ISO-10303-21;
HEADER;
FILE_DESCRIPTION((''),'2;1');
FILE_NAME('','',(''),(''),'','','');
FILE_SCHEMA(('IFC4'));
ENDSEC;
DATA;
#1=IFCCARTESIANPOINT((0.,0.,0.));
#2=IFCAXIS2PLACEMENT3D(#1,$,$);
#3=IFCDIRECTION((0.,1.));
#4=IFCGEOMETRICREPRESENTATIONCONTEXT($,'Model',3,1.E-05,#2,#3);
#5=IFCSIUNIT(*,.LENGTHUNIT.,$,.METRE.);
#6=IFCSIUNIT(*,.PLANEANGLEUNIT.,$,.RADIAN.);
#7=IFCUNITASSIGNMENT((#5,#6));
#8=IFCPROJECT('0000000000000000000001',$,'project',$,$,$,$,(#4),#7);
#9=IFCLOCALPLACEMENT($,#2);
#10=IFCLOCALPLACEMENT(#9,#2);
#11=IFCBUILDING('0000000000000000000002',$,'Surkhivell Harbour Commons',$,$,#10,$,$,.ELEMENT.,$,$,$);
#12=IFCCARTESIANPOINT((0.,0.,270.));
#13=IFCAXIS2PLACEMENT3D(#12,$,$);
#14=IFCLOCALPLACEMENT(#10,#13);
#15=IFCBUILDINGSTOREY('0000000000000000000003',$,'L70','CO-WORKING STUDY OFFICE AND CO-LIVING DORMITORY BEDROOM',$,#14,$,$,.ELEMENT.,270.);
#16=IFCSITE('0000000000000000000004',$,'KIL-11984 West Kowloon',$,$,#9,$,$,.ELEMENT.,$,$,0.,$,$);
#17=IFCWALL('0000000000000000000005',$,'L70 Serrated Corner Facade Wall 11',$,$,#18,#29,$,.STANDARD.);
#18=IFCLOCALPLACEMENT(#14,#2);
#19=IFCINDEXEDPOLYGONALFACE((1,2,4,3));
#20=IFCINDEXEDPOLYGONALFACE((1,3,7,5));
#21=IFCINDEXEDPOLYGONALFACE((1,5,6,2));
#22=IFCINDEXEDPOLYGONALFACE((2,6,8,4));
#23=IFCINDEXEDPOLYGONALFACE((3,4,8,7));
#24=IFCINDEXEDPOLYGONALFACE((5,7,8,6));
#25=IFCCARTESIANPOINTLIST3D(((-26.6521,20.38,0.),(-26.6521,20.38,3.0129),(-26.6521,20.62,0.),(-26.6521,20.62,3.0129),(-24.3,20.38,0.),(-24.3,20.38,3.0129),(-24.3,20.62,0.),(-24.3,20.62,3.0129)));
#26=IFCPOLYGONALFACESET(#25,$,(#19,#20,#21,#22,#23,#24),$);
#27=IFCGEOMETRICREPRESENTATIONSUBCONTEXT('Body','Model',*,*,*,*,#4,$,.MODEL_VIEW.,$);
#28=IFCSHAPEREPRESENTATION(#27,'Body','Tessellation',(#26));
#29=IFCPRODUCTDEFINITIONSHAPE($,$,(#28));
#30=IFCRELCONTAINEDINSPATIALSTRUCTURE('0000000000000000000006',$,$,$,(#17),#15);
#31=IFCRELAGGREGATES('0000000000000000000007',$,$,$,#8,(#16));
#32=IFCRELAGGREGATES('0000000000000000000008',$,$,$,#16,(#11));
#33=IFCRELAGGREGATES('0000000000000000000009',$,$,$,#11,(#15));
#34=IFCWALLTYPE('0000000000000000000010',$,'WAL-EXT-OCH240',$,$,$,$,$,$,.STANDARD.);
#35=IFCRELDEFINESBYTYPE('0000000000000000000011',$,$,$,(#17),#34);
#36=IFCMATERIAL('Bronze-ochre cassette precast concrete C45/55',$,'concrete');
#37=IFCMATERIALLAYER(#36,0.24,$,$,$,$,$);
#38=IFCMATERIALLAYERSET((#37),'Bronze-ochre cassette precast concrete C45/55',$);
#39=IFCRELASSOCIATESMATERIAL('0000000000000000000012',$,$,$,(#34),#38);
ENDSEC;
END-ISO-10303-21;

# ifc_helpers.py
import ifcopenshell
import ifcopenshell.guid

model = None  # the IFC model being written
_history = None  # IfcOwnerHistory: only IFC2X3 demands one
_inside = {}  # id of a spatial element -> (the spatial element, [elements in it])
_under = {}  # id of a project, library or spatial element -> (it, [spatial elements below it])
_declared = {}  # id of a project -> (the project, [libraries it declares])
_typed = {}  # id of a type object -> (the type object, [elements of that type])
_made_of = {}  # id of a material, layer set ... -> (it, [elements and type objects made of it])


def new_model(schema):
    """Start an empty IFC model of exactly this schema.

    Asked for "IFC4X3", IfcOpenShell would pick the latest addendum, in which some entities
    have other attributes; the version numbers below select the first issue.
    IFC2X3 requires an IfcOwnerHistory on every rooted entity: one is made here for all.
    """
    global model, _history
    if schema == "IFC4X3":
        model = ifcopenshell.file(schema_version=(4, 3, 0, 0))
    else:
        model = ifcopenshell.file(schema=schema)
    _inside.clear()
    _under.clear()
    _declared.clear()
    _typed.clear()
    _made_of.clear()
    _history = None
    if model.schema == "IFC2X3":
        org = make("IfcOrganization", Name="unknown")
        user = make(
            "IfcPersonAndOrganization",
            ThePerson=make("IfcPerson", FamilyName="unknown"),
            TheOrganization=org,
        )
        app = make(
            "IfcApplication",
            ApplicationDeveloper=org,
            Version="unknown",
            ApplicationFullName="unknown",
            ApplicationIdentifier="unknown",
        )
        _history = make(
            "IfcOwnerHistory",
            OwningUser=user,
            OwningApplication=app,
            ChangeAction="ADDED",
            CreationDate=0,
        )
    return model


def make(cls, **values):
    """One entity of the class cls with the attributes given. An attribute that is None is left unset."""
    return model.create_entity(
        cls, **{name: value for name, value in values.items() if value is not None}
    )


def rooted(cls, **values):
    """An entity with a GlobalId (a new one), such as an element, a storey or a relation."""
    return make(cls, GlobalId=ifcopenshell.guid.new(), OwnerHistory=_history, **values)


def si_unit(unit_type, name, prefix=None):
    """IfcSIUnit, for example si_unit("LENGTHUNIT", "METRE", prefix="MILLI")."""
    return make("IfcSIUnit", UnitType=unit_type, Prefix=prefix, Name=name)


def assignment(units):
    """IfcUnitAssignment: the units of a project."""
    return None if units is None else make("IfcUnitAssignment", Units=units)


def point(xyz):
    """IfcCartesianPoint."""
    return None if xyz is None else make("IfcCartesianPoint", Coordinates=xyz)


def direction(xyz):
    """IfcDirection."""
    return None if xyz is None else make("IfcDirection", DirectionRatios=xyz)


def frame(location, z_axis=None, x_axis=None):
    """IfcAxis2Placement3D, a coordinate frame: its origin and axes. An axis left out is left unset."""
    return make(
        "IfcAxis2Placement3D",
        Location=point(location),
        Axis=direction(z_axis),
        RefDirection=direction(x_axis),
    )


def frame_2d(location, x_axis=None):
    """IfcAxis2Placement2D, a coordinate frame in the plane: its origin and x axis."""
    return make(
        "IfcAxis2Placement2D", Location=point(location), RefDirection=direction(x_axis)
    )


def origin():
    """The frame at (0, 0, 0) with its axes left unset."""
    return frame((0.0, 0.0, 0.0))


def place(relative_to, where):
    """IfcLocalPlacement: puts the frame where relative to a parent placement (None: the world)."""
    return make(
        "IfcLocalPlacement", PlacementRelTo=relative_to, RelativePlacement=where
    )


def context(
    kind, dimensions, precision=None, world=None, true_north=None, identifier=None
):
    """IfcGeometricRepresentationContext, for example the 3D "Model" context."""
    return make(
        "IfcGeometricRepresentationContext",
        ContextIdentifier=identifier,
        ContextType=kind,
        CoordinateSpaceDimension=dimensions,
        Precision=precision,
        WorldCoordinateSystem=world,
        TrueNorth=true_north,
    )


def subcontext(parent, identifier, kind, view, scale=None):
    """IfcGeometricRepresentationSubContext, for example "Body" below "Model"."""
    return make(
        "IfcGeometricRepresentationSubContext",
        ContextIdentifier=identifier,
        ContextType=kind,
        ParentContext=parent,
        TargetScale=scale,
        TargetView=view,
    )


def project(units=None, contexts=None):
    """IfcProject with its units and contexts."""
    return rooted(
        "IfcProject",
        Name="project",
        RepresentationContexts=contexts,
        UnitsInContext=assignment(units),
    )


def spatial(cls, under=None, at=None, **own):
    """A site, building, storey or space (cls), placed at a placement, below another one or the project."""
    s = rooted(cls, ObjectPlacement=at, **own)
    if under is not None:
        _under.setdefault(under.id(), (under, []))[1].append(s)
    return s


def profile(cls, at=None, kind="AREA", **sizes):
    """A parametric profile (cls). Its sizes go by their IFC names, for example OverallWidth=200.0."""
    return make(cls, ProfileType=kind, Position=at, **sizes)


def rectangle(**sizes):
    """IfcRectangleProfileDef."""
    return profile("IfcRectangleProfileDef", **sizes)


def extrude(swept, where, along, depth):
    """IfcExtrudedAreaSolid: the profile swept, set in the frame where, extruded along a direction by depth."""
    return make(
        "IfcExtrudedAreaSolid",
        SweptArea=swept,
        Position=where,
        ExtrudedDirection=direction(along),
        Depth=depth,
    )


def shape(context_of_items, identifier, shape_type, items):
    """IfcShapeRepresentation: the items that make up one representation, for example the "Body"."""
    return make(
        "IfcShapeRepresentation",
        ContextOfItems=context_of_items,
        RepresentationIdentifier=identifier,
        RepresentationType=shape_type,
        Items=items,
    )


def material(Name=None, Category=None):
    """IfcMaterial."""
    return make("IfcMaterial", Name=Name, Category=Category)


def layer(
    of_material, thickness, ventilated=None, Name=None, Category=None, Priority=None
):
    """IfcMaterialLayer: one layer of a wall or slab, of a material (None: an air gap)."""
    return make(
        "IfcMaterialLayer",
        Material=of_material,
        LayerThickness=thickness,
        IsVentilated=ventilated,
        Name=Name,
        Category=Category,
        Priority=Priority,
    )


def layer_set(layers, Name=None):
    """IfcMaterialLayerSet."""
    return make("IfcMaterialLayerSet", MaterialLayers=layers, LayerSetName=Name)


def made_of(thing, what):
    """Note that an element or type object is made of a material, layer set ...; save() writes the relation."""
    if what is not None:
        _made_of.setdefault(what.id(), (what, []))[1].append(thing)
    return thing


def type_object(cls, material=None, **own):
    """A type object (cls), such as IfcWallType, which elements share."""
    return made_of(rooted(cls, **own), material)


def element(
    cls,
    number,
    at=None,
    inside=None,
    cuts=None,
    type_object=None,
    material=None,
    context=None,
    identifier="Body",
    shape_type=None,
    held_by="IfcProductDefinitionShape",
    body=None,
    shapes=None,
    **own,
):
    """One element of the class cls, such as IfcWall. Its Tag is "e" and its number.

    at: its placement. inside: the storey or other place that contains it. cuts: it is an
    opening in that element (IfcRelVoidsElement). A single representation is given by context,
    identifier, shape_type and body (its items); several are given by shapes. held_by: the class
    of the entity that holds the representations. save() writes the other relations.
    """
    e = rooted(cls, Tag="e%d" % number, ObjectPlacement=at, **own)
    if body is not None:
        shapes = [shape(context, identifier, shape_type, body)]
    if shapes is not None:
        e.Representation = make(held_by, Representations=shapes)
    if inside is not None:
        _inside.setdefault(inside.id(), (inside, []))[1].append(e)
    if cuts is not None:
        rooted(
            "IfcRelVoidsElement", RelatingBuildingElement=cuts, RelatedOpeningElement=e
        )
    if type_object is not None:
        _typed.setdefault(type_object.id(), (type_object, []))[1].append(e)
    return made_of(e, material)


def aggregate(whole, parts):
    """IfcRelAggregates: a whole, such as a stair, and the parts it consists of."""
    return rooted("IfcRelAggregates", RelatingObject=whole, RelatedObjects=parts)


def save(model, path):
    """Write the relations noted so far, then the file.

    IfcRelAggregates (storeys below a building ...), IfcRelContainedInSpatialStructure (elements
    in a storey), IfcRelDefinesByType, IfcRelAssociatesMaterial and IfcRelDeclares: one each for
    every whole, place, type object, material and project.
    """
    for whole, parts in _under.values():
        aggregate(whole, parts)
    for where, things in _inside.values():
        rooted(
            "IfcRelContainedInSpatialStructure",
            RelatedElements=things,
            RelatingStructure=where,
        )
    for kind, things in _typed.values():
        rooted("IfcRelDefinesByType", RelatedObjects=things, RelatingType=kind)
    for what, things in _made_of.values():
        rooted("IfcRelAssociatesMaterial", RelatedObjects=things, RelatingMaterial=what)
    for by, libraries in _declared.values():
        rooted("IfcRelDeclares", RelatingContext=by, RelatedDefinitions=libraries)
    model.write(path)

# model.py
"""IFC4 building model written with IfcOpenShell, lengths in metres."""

from ifc_helpers import new_model, si_unit, direction, frame, frame_2d, origin, place, context, subcontext, project, spatial, rectangle, extrude, material, layer, layer_set, type_object, element, save


model = new_model("IFC4")

# Units and contexts
model_context = context("Model", 3, precision=1e-05, world=origin(), true_north=direction((0.0, 1.0)))
body_context = subcontext(model_context, "Body", "Model", "MODEL_VIEW")
ifc_project = project(units=[si_unit("LENGTHUNIT", "METRE"), si_unit("PLANEANGLEUNIT", "RADIAN")], contexts=[model_context])

# Site, building, storey
site_placement = place(None, origin())
site = spatial("IfcSite", under=ifc_project, at=site_placement, Name="KIL-11984 West Kowloon", CompositionType="ELEMENT", RefElevation=0.0)
building_placement = place(site_placement, origin())
building = spatial("IfcBuilding", under=site, at=building_placement, Name="Surkhivell Harbour Commons", CompositionType="ELEMENT")
storey_placement = place(building_placement, frame((0.0, 0.0, 270.0)))
storey = spatial("IfcBuildingStorey", under=building, at=storey_placement, Name="L70", Description="CO-WORKING STUDY OFFICE AND CO-LIVING DORMITORY BEDROOM", CompositionType="ELEMENT", Elevation=270.0)

# Shared definitions
ifc_material_1 = material(Name="Bronze-ochre cassette precast concrete C45/55", Category="concrete")
ifc_layer_1 = layer(ifc_material_1, 0.24)
ifc_layer_set_1 = layer_set([ifc_layer_1], Name="Bronze-ochre cassette precast concrete C45/55")
wall_type = type_object("IfcWallType", Name="WAL-EXT-OCH240", PredefinedType="STANDARD", material=ifc_layer_set_1)

# Wall
wall_1_placement = place(storey_placement, frame((-24.3, 20.5, 0.0), z_axis=(0.0, 0.0, 1.0), x_axis=(-1.0, 0.0, 0.0)))
element("IfcWall", 1, at=wall_1_placement, inside=storey, type_object=wall_type, Name="L70 Serrated Corner Facade Wall 11", PredefinedType="STANDARD", context=body_context, shape_type="SweptSolid", body=[
    extrude(rectangle(XDim=2.3521, YDim=0.24, at=frame_2d((1.176, 0.0))), origin(), (0.0, 0.0, 1.0), 3.0129),
])

save(model, "model.ifc")
